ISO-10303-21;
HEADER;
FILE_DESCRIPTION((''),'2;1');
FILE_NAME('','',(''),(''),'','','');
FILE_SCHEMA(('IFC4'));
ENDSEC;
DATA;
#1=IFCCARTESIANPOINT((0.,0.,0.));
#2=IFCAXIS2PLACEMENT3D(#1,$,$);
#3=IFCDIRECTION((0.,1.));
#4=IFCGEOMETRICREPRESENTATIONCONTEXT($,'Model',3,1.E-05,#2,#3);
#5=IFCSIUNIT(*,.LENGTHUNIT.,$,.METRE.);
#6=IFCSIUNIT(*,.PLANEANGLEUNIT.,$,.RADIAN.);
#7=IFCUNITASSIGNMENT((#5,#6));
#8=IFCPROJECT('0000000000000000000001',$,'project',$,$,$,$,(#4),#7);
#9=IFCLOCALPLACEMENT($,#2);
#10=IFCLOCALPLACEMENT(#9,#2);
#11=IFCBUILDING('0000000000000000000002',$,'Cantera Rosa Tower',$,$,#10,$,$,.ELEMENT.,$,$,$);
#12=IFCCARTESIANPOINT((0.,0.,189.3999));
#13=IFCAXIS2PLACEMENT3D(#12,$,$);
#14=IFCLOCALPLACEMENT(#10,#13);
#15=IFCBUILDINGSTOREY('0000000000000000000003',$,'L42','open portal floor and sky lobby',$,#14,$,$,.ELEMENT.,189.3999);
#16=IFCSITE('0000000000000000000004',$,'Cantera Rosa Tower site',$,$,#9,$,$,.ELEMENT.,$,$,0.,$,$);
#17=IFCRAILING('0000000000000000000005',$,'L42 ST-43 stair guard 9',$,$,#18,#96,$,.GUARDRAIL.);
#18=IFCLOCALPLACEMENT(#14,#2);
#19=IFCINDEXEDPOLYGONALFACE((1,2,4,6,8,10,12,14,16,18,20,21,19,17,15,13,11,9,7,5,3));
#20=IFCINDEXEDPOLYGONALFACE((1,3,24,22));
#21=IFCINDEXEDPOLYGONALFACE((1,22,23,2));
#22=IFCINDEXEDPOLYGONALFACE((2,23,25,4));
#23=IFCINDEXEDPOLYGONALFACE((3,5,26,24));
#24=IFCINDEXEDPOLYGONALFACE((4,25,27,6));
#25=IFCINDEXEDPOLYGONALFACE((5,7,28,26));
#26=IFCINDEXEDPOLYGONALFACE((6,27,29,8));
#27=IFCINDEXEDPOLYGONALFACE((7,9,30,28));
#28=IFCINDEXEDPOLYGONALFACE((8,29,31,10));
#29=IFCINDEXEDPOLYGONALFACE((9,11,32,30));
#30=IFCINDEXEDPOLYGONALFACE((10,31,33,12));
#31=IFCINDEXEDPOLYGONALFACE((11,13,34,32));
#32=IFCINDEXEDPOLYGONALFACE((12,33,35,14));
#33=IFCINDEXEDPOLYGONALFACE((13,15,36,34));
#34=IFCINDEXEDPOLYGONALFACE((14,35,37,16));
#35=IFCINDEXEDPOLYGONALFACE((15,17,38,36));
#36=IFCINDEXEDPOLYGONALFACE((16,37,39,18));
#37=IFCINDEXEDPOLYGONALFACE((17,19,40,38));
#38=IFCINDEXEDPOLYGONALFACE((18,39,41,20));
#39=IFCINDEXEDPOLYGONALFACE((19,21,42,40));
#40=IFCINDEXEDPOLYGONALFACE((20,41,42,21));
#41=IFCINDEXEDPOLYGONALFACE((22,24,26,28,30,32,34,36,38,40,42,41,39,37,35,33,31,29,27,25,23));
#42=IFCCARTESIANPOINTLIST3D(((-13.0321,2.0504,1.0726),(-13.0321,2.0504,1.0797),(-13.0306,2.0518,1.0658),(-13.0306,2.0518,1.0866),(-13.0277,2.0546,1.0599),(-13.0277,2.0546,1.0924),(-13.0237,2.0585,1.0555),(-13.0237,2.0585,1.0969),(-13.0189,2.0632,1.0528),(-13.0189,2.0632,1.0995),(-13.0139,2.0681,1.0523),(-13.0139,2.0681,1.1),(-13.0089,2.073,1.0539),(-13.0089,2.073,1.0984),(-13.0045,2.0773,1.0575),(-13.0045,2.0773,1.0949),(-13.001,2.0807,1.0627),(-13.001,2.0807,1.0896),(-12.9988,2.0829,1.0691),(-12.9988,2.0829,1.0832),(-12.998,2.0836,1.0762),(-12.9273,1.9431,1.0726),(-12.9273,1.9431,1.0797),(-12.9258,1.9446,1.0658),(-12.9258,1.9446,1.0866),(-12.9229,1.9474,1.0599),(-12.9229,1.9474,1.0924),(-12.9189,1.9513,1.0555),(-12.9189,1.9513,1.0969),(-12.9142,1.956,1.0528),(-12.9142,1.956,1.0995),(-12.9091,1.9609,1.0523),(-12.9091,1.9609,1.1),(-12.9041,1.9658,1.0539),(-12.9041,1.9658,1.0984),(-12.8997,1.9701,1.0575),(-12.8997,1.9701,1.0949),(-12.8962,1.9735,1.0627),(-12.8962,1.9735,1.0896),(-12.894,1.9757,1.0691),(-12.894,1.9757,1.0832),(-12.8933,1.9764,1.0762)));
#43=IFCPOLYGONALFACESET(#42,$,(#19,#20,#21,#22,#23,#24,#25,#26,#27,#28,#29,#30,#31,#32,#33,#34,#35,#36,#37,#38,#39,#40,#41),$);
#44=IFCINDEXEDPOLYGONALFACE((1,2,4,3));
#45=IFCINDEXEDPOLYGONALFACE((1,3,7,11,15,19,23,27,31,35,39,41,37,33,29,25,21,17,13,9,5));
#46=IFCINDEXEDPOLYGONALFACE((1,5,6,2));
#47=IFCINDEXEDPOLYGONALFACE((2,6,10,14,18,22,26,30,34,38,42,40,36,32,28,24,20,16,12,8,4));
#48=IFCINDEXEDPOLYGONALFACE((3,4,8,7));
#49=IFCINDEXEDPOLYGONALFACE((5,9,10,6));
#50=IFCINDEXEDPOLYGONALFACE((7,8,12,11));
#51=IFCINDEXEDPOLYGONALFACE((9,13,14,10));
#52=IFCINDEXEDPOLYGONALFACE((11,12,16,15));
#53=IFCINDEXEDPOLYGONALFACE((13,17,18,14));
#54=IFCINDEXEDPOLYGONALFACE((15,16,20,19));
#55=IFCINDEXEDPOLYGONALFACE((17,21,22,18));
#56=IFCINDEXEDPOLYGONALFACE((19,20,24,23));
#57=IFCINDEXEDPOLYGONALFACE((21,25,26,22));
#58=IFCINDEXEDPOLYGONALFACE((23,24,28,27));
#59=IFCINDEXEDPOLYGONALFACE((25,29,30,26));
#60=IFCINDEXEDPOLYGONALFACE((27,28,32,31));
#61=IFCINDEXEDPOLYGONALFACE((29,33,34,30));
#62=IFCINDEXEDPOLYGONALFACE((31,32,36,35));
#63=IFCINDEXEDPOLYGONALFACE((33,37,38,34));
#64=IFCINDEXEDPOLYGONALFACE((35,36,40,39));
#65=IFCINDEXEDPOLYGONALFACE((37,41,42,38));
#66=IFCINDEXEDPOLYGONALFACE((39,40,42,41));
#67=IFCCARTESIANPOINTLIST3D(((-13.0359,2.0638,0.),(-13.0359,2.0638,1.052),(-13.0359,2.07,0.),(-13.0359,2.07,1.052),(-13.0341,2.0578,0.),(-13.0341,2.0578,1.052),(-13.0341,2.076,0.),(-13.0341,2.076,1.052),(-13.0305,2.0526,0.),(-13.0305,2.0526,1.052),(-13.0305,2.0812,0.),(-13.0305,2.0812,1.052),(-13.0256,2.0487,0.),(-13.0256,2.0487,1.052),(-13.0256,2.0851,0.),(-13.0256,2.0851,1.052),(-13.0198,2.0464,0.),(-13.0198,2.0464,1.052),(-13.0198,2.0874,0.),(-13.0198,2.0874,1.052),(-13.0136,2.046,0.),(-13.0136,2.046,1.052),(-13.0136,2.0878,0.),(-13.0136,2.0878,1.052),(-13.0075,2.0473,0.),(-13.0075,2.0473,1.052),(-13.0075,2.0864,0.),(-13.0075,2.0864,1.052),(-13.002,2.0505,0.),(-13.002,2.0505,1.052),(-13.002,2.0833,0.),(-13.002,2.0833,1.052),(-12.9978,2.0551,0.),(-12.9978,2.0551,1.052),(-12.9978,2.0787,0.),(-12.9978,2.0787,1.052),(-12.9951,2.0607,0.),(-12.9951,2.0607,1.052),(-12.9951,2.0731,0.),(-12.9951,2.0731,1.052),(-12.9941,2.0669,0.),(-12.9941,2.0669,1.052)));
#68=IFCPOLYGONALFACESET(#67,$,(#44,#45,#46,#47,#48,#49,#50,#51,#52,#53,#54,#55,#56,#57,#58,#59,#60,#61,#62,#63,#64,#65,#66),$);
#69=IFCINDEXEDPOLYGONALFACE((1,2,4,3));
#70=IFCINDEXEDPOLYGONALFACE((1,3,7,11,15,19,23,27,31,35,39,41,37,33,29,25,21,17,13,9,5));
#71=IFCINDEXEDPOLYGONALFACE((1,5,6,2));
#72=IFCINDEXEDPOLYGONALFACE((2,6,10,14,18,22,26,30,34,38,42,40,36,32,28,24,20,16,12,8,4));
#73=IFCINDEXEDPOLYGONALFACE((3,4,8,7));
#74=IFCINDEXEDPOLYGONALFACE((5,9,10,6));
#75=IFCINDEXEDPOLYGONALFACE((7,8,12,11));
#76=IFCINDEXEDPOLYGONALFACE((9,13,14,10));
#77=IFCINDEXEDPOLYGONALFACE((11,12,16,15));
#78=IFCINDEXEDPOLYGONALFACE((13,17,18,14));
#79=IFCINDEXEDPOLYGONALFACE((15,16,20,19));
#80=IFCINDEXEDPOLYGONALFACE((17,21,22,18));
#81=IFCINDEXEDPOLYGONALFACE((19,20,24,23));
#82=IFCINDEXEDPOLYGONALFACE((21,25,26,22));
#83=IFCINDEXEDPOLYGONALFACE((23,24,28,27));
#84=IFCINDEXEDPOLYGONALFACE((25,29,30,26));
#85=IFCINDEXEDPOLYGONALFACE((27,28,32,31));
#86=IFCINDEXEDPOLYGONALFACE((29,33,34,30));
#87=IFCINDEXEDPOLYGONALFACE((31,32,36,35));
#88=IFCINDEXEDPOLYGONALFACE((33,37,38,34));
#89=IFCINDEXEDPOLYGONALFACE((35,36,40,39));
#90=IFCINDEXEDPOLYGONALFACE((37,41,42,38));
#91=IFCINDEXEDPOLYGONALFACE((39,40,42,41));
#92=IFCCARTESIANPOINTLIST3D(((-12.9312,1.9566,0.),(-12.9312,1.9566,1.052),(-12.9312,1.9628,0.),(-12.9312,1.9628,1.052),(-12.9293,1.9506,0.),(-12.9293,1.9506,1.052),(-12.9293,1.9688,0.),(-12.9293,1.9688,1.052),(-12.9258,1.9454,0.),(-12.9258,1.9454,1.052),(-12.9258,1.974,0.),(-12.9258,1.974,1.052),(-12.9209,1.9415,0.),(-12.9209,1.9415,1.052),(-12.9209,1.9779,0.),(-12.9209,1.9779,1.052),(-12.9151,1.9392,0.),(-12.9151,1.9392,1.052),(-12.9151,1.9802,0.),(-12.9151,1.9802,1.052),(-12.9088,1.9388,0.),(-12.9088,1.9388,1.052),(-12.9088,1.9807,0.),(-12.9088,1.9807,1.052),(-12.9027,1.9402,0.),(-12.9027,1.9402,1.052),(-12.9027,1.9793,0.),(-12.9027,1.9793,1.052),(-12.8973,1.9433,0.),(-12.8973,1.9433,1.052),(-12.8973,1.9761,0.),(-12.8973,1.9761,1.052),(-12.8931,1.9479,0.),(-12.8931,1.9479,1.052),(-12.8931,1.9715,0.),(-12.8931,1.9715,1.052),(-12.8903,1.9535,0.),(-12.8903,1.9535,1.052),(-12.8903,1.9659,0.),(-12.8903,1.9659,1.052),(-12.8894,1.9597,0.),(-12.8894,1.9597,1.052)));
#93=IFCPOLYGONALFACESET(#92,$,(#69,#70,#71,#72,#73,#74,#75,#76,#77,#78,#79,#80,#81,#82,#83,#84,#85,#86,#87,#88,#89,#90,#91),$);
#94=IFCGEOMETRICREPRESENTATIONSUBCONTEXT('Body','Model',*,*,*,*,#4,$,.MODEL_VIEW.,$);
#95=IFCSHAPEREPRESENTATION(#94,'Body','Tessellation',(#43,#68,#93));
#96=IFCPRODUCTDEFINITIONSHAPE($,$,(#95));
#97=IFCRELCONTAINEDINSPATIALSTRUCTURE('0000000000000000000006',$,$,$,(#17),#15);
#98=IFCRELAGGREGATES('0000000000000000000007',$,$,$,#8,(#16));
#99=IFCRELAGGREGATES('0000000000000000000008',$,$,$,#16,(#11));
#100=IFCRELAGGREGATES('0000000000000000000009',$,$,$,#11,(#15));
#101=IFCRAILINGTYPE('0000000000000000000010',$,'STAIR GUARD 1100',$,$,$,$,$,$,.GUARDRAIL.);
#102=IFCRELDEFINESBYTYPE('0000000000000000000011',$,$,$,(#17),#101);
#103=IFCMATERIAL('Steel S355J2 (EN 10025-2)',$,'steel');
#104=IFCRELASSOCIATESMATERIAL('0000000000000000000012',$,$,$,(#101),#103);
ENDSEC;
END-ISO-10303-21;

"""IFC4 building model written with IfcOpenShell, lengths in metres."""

from ifc_helpers import new_model, si_unit, direction, frame, origin, origin_2d, place, context, subcontext, project, spatial, circle, extrude, material, type_object, element, save


model = new_model("IFC4")

# Units and contexts
model_context = context("Model", 3, precision=1e-05, world=origin(), true_north=direction((0.0, 1.0)))
body_context = subcontext(model_context, "Body", "Model", "MODEL_VIEW")
ifc_project = project(units=[si_unit("LENGTHUNIT", "METRE"), si_unit("PLANEANGLEUNIT", "RADIAN")], contexts=[model_context])

# Site, building, storey
site_placement = place(None, origin())
site = spatial("IfcSite", under=ifc_project, at=site_placement, Name="Cantera Rosa Tower site", CompositionType="ELEMENT", RefElevation=0.0)
building_placement = place(site_placement, origin())
building = spatial("IfcBuilding", under=site, at=building_placement, Name="Cantera Rosa Tower", CompositionType="ELEMENT")
storey_placement = place(building_placement, frame((0.0, 0.0, 189.3999)))
storey = spatial("IfcBuildingStorey", under=building, at=storey_placement, Name="L42", Description="open portal floor and sky lobby", CompositionType="ELEMENT", Elevation=189.3999)

# Railing
ifc_material_1 = material(Name="Steel S355J2 (EN 10025-2)", Category="steel")
railing_type_1 = type_object("IfcRailingType", Name="STAIR GUARD 1100", PredefinedType="GUARDRAIL", material=ifc_material_1)
railing_1_placement = place(storey_placement, frame((-13.0151, 2.0669, 0.0)))
element("IfcRailing", 1, at=railing_1_placement, inside=storey, type_object=railing_type_1, Name="L42 ST-43 stair guard 9", PredefinedType="GUARDRAIL", context=body_context, shape_type="SweptSolid", body=[
    extrude(circle(Radius=0.0239, at=origin_2d()), frame((0.0, 0.0, 1.0762), z_axis=(0.698914, -0.715206, 0.0), x_axis=(0.715206, 0.698914, 0.0)), (0.0, 0.0, 1.0), 0.1499),
    extrude(circle(Radius=0.021, at=origin_2d()), origin(), (0.0, 0.0, 1.0), 1.052),
    extrude(circle(Radius=0.021, at=origin_2d()), frame((0.1047, -0.1072, 0.0)), (0.0, 0.0, 1.0), 1.052),
])

save(model, "model.ifc")
